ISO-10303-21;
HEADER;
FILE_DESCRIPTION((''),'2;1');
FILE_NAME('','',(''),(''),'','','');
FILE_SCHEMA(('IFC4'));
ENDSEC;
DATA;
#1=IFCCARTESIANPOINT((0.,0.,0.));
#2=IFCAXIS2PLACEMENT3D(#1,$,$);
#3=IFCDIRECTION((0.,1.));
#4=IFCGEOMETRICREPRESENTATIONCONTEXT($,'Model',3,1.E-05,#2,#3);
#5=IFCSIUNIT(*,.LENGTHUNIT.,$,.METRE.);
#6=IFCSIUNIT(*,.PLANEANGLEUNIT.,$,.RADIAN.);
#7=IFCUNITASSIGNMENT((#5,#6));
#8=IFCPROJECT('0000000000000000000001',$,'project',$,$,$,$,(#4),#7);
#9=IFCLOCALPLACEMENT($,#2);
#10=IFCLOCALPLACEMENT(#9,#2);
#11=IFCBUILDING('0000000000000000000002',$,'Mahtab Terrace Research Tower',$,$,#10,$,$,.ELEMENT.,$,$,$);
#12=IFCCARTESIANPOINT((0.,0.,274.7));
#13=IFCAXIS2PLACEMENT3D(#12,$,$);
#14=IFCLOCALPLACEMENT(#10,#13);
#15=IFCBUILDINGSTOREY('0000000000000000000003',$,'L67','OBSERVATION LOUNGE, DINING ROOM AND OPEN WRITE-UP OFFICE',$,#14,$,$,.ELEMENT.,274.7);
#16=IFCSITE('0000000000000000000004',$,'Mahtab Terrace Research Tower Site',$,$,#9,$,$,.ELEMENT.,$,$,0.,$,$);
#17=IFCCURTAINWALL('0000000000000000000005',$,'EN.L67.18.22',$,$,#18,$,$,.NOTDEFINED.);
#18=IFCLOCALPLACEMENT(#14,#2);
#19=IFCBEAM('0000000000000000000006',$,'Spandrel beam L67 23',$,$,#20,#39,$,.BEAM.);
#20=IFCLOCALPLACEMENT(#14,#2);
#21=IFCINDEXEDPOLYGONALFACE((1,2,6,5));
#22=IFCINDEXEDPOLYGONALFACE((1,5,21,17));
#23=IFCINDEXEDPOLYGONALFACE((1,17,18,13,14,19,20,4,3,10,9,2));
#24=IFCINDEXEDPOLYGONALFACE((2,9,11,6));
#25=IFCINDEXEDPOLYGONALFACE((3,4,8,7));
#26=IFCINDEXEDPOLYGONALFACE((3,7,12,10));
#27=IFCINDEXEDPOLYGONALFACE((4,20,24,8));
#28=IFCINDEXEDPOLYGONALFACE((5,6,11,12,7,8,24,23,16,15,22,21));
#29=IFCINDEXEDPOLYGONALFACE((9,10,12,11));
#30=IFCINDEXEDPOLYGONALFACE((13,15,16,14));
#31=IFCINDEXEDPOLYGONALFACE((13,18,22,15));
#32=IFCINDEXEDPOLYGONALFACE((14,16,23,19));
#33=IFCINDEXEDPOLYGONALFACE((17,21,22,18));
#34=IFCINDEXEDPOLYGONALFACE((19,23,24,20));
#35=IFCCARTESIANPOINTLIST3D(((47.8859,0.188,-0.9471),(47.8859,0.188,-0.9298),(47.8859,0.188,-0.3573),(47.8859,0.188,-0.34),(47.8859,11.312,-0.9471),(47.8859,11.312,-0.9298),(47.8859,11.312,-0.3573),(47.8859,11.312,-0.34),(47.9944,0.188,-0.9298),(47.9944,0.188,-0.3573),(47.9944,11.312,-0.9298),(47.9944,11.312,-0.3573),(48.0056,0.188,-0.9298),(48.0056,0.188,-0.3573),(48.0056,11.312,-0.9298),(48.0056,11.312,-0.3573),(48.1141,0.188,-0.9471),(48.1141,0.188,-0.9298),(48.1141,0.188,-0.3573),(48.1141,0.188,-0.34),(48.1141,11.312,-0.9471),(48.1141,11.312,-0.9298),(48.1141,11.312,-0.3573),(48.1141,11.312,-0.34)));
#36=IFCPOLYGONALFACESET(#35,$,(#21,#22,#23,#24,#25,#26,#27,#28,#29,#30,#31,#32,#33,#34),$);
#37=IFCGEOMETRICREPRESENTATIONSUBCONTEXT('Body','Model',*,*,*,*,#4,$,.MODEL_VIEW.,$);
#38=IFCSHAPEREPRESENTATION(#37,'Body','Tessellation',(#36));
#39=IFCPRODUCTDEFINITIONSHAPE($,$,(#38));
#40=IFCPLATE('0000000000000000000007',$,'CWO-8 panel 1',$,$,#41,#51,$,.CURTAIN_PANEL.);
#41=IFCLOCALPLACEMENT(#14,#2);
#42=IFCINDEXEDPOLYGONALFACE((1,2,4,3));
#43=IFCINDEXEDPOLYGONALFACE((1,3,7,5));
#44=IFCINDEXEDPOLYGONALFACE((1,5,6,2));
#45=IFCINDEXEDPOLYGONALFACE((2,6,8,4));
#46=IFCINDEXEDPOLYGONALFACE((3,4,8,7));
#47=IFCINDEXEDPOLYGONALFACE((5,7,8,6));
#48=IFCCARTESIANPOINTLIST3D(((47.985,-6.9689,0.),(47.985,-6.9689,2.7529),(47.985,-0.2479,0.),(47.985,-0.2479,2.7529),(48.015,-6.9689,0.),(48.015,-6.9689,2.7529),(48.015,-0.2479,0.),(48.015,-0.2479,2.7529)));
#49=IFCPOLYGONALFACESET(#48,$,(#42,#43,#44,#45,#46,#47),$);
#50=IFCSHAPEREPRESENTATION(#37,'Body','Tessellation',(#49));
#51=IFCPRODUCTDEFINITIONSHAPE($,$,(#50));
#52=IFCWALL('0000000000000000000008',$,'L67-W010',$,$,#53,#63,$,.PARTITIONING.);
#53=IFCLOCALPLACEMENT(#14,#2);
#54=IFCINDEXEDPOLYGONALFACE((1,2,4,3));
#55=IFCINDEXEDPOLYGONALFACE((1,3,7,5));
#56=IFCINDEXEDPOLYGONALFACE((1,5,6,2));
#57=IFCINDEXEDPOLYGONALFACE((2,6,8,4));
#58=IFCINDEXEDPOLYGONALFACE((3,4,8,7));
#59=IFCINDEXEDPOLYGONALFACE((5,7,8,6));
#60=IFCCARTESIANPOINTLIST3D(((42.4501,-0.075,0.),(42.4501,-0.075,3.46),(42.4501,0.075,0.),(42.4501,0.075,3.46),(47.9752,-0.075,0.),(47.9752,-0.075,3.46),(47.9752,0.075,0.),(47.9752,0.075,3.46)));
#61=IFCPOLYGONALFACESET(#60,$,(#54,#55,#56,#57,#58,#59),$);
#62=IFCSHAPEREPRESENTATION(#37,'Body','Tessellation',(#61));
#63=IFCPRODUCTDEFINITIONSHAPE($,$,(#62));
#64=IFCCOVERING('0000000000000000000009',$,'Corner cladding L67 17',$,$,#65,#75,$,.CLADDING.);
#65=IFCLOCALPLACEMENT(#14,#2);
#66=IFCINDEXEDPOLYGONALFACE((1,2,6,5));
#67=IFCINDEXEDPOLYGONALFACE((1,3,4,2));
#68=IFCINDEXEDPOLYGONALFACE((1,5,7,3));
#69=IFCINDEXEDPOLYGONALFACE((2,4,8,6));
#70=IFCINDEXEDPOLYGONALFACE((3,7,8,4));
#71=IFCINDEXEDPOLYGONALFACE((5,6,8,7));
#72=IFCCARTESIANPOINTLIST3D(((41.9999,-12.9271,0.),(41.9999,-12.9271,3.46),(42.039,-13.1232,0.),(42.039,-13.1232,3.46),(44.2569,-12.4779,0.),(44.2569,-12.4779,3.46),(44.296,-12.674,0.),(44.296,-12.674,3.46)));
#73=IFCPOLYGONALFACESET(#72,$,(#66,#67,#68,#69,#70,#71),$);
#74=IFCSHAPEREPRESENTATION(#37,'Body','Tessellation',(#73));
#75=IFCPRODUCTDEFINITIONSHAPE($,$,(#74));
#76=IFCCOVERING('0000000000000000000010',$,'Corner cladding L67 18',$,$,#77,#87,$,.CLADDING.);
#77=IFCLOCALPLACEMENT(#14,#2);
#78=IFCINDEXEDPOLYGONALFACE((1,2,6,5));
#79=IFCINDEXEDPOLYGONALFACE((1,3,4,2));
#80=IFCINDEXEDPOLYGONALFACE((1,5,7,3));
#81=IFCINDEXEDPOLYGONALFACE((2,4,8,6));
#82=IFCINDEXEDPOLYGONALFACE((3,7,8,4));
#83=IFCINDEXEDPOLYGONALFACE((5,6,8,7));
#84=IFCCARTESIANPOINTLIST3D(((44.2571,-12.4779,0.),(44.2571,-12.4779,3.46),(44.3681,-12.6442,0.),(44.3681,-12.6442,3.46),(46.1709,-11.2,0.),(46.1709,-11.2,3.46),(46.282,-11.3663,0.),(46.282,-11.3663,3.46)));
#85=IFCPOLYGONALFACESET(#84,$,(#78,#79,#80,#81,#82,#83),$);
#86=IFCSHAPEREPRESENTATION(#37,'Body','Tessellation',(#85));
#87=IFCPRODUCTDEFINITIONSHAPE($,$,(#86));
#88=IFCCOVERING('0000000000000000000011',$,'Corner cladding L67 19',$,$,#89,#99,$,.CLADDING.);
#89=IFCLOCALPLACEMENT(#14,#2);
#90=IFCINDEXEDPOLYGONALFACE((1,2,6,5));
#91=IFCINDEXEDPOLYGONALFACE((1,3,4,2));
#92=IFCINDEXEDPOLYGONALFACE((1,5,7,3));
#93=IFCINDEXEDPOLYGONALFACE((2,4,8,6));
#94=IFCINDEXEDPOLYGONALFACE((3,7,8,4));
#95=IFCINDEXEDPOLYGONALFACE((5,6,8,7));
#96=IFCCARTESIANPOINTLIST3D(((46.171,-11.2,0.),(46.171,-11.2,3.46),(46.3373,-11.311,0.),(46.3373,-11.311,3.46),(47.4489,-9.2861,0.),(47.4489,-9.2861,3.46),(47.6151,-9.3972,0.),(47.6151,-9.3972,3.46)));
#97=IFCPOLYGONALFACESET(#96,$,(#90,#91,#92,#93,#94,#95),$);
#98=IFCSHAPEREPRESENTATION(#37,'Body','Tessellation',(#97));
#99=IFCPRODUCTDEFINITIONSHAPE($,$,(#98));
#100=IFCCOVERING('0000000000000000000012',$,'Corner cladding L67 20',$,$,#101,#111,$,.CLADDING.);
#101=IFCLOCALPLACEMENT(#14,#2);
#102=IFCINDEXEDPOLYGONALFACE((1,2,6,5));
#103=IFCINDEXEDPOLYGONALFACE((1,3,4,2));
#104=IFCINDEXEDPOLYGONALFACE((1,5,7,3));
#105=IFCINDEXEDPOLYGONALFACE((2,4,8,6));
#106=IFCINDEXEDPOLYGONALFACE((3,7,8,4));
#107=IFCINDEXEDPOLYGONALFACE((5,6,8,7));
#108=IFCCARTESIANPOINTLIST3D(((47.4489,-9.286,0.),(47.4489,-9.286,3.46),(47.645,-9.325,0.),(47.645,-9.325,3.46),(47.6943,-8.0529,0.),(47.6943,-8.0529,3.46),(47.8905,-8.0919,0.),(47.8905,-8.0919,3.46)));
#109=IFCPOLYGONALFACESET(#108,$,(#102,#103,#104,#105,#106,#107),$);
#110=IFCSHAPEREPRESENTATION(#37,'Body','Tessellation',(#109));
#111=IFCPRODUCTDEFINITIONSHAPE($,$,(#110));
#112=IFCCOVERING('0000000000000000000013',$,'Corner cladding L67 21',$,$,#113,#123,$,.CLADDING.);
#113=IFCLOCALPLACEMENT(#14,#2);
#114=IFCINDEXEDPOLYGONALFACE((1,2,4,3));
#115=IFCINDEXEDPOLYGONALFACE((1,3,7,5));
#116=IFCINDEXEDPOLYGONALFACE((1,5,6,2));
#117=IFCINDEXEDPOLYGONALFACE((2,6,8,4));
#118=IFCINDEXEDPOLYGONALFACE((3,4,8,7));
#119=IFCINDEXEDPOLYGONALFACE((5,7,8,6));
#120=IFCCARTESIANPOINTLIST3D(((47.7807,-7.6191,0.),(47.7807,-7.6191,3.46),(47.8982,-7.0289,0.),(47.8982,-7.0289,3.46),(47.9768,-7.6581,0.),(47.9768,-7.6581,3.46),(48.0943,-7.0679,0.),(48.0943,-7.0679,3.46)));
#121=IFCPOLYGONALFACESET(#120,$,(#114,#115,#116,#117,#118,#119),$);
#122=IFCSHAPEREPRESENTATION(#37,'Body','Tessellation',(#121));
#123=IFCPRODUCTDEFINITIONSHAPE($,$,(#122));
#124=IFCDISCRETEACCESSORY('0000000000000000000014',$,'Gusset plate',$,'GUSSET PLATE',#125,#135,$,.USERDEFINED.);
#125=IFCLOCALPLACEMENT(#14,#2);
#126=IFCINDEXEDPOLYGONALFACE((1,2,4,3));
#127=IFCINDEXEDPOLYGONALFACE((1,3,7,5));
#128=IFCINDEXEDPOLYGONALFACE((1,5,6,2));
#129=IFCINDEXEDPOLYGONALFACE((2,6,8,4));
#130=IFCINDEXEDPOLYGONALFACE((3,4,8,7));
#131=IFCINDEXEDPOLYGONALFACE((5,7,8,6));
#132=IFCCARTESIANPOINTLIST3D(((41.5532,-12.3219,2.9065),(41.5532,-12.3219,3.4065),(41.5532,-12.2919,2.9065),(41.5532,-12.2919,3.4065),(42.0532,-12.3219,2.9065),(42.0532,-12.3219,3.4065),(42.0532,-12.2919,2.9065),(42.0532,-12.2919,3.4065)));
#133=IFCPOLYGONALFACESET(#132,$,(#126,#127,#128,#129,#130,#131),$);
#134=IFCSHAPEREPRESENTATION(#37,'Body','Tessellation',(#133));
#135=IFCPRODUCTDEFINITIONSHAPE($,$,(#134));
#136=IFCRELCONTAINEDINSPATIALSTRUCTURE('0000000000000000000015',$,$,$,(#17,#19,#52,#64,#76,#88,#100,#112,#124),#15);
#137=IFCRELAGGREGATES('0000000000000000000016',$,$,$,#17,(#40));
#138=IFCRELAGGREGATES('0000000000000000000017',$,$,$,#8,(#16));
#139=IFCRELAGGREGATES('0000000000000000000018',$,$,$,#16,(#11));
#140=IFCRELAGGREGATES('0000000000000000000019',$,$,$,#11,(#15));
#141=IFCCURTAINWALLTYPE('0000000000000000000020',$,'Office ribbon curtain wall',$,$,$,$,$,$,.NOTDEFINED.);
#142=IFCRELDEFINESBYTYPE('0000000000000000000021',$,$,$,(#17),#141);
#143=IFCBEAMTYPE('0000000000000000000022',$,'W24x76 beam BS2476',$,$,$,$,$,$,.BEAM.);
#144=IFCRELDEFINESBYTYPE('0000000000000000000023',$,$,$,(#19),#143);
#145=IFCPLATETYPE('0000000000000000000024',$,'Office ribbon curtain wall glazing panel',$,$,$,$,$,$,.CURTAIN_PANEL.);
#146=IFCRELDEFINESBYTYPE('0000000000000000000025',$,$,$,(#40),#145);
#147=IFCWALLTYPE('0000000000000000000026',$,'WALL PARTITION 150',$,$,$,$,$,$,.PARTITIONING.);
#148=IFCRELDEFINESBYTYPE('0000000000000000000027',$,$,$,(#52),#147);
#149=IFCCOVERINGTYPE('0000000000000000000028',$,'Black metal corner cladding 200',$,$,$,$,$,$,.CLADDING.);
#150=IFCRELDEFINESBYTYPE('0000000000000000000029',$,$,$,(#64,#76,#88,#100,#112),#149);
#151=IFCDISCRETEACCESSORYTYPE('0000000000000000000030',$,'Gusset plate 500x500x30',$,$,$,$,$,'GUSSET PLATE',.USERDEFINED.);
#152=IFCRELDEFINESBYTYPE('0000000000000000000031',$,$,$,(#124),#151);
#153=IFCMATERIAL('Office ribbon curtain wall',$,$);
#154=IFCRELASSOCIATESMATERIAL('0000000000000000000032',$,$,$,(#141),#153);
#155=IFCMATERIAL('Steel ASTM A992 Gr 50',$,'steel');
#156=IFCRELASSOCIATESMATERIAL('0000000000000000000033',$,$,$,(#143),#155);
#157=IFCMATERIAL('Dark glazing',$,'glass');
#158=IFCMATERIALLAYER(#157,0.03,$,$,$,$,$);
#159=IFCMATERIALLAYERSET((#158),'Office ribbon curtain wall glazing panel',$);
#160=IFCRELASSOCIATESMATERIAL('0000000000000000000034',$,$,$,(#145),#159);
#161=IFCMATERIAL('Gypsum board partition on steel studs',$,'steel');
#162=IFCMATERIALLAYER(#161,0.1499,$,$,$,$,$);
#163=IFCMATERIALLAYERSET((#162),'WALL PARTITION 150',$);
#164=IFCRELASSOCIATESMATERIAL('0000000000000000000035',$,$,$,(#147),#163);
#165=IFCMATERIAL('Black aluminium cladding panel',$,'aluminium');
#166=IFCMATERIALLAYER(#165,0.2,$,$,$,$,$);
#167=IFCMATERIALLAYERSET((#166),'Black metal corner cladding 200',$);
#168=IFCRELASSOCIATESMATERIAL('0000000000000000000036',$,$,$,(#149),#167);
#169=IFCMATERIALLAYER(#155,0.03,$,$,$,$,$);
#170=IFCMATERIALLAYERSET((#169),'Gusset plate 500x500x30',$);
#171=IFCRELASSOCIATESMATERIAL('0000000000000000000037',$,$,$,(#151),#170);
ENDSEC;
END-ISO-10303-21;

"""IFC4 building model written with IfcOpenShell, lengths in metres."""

from ifc_helpers import new_model, si_unit, direction, frame, frame_2d, origin, origin_2d, place, context, subcontext, project, spatial, rectangle, i_section, extrude, material, layer, layer_set, material_profile, profile_set, type_object, element, aggregate, save


model = new_model("IFC4")

# Units and contexts
model_context = context("Model", 3, precision=1e-05, world=origin(), true_north=direction((0.0, 1.0)))
body_context = subcontext(model_context, "Body", "Model", "MODEL_VIEW")
ifc_project = project(units=[si_unit("LENGTHUNIT", "METRE"), si_unit("PLANEANGLEUNIT", "RADIAN")], contexts=[model_context])

# Site, building, storey
site_placement = place(None, origin())
site = spatial("IfcSite", under=ifc_project, at=site_placement, Name="Mahtab Terrace Research Tower Site", CompositionType="ELEMENT", RefElevation=0.0)
building_placement = place(site_placement, origin())
building = spatial("IfcBuilding", under=site, at=building_placement, Name="Mahtab Terrace Research Tower", CompositionType="ELEMENT")
storey_placement = place(building_placement, frame((0.0, 0.0, 274.7)))
storey = spatial("IfcBuildingStorey", under=building, at=storey_placement, Name="L67", Description="OBSERVATION LOUNGE, DINING ROOM AND OPEN WRITE-UP OFFICE", CompositionType="ELEMENT", Elevation=274.7)

# Shared definitions
ifc_material_1 = material(Name="Steel ASTM A992 Gr 50", Category="steel")

# Curtain wall
ifc_material_2 = material(Name="Office ribbon curtain wall")
curtain_wall_type = type_object("IfcCurtainWallType", Name="Office ribbon curtain wall", PredefinedType="NOTDEFINED", material=ifc_material_2)
curtain_wall_1_placement = place(storey_placement, origin())
curtain_wall_1 = element("IfcCurtainWall", 1, at=curtain_wall_1_placement, inside=storey, type_object=curtain_wall_type, Name="EN.L67.18.22", PredefinedType="NOTDEFINED")

# Beam
ifc_material_profile_1 = material_profile(ifc_material_1, i_section(OverallWidth=0.2283, OverallDepth=0.6072, WebThickness=0.0112, FlangeThickness=0.0173, at=origin_2d()), Name="W24X76")
ifc_profile_set_1 = profile_set([ifc_material_profile_1], Name="Steel ASTM A992 Gr 50")
beam_type = type_object("IfcBeamType", Name="W24x76 beam BS2476", PredefinedType="BEAM", material=ifc_profile_set_1)
beam_1_placement = place(storey_placement, frame((48.0, 0.188, -0.6436), z_axis=(0.0, 1.0, 0.0), x_axis=(-1.0, 0.0, 0.0)))
element("IfcBeam", 2, at=beam_1_placement, inside=storey, type_object=beam_type, Name="Spandrel beam L67 23", PredefinedType="BEAM", context=body_context, shape_type="SweptSolid", body=[
    extrude(i_section(OverallWidth=0.2283, OverallDepth=0.6072, WebThickness=0.0112, FlangeThickness=0.0173, at=origin_2d()), origin(), (0.0, 0.0, 1.0), 11.124),
])

# Plate
ifc_material_3 = material(Name="Dark glazing", Category="glass")
ifc_layer_1 = layer(ifc_material_3, 0.03)
ifc_layer_set_1 = layer_set([ifc_layer_1], Name="Office ribbon curtain wall glazing panel")
plate_type = type_object("IfcPlateType", Name="Office ribbon curtain wall glazing panel", PredefinedType="CURTAIN_PANEL", material=ifc_layer_set_1)
plate_placement = place(storey_placement, frame((48.0, -3.6084, 0.0), z_axis=(0.0, 0.0, 1.0), x_axis=(0.0, 1.0, 0.0)))
plate = element("IfcPlate", 3, at=plate_placement, type_object=plate_type, Name="CWO-8 panel 1", PredefinedType="CURTAIN_PANEL", context=body_context, shape_type="SweptSolid", body=[
    extrude(rectangle(XDim=6.7209, YDim=0.03, at=origin_2d()), origin(), (0.0, 0.0, 1.0), 2.7529),
])
aggregate(curtain_wall_1, [plate])

# Wall
ifc_material_4 = material(Name="Gypsum board partition on steel studs", Category="steel")
ifc_layer_2 = layer(ifc_material_4, 0.1499)
ifc_layer_set_2 = layer_set([ifc_layer_2], Name="WALL PARTITION 150")
wall_type = type_object("IfcWallType", Name="WALL PARTITION 150", PredefinedType="PARTITIONING", material=ifc_layer_set_2)
wall_placement = place(storey_placement, frame((42.45, 0.0, 0.0), z_axis=(0.0, 0.0, 1.0), x_axis=(1.0, 0.0, 0.0)))
element("IfcWall", 4, at=wall_placement, inside=storey, type_object=wall_type, Name="L67-W010", PredefinedType="PARTITIONING", context=body_context, shape_type="SweptSolid", body=[
    extrude(rectangle(XDim=5.5251, YDim=0.1499, at=frame_2d((2.7627, 0.0))), origin(), (0.0, 0.0, 1.0), 3.46),
])

# Coverings
ifc_material_5 = material(Name="Black aluminium cladding panel", Category="aluminium")
ifc_layer_3 = layer(ifc_material_5, 0.2)
ifc_layer_set_3 = layer_set([ifc_layer_3], Name="Black metal corner cladding 200")
covering_type = type_object("IfcCoveringType", Name="Black metal corner cladding 200", PredefinedType="CLADDING", material=ifc_layer_set_3)
for number, where, z_axis, x_axis, name in (
    (5, (43.1479, -12.8005, 0.0), (0.0, 0.0, 1.0), (0.980761, 0.195212, 0.0), "Corner cladding L67 17"),
    (6, (45.2695, -11.9221, 0.0), (0.0, 0.0, 1.0), (0.831656, 0.555291, 0.0), "Corner cladding L67 18"),
    (7, (46.8931, -10.2986, 0.0), (0.0, 0.0, 1.0), (0.555291, 0.831656, 0.0), "Corner cladding L67 19"),
):
    element("IfcCovering", number, at=place(storey_placement, frame(where, z_axis=z_axis, x_axis=x_axis)), inside=storey, type_object=covering_type, Name=name, PredefinedType="CLADDING", context=body_context, shape_type="SweptSolid", body=[
        extrude(rectangle(XDim=2.3013, YDim=0.2, at=origin_2d()), origin(), (0.0, 0.0, 1.0), 3.46),
    ])
covering_1_placement = place(storey_placement, frame((47.6697, -8.689, 0.0), z_axis=(0.0, 0.0, 1.0), x_axis=(0.195212, 0.980761, 0.0)))
element("IfcCovering", 8, at=covering_1_placement, inside=storey, type_object=covering_type, Name="Corner cladding L67 20", PredefinedType="CLADDING", context=body_context, shape_type="SweptSolid", body=[
    extrude(rectangle(XDim=1.2573, YDim=0.2, at=origin_2d()), origin(), (0.0, 0.0, 1.0), 3.46),
])
covering_2_placement = place(storey_placement, frame((47.9375, -7.3435, 0.0), z_axis=(0.0, 0.0, 1.0), x_axis=(0.195212, 0.980761, 0.0)))
element("IfcCovering", 9, at=covering_2_placement, inside=storey, type_object=covering_type, Name="Corner cladding L67 21", PredefinedType="CLADDING", context=body_context, shape_type="SweptSolid", body=[
    extrude(rectangle(XDim=0.6018, YDim=0.2, at=origin_2d()), origin(), (0.0, 0.0, 1.0), 3.46),
])

# Discrete accessory
ifc_layer_4 = layer(ifc_material_1, 0.03)
ifc_layer_set_4 = layer_set([ifc_layer_4], Name="Gusset plate 500x500x30")
discrete_accessory_type = type_object("IfcDiscreteAccessoryType", Name="Gusset plate 500x500x30", ElementType="GUSSET PLATE", PredefinedType="USERDEFINED", material=ifc_layer_set_4)
discrete_accessory_placement = place(storey_placement, frame((41.8032, -12.3069, 2.9065), z_axis=(0.0, 0.0, 1.0), x_axis=(1.0, 0.0, 0.0)))
element("IfcDiscreteAccessory", 10, at=discrete_accessory_placement, inside=storey, type_object=discrete_accessory_type, Name="Gusset plate", ObjectType="GUSSET PLATE", PredefinedType="USERDEFINED", context=body_context, shape_type="SweptSolid", body=[
    extrude(rectangle(XDim=0.5, YDim=0.03, at=origin_2d()), origin(), (0.0, 0.0, 1.0), 0.5),
])

save(model, "model.ifc")
